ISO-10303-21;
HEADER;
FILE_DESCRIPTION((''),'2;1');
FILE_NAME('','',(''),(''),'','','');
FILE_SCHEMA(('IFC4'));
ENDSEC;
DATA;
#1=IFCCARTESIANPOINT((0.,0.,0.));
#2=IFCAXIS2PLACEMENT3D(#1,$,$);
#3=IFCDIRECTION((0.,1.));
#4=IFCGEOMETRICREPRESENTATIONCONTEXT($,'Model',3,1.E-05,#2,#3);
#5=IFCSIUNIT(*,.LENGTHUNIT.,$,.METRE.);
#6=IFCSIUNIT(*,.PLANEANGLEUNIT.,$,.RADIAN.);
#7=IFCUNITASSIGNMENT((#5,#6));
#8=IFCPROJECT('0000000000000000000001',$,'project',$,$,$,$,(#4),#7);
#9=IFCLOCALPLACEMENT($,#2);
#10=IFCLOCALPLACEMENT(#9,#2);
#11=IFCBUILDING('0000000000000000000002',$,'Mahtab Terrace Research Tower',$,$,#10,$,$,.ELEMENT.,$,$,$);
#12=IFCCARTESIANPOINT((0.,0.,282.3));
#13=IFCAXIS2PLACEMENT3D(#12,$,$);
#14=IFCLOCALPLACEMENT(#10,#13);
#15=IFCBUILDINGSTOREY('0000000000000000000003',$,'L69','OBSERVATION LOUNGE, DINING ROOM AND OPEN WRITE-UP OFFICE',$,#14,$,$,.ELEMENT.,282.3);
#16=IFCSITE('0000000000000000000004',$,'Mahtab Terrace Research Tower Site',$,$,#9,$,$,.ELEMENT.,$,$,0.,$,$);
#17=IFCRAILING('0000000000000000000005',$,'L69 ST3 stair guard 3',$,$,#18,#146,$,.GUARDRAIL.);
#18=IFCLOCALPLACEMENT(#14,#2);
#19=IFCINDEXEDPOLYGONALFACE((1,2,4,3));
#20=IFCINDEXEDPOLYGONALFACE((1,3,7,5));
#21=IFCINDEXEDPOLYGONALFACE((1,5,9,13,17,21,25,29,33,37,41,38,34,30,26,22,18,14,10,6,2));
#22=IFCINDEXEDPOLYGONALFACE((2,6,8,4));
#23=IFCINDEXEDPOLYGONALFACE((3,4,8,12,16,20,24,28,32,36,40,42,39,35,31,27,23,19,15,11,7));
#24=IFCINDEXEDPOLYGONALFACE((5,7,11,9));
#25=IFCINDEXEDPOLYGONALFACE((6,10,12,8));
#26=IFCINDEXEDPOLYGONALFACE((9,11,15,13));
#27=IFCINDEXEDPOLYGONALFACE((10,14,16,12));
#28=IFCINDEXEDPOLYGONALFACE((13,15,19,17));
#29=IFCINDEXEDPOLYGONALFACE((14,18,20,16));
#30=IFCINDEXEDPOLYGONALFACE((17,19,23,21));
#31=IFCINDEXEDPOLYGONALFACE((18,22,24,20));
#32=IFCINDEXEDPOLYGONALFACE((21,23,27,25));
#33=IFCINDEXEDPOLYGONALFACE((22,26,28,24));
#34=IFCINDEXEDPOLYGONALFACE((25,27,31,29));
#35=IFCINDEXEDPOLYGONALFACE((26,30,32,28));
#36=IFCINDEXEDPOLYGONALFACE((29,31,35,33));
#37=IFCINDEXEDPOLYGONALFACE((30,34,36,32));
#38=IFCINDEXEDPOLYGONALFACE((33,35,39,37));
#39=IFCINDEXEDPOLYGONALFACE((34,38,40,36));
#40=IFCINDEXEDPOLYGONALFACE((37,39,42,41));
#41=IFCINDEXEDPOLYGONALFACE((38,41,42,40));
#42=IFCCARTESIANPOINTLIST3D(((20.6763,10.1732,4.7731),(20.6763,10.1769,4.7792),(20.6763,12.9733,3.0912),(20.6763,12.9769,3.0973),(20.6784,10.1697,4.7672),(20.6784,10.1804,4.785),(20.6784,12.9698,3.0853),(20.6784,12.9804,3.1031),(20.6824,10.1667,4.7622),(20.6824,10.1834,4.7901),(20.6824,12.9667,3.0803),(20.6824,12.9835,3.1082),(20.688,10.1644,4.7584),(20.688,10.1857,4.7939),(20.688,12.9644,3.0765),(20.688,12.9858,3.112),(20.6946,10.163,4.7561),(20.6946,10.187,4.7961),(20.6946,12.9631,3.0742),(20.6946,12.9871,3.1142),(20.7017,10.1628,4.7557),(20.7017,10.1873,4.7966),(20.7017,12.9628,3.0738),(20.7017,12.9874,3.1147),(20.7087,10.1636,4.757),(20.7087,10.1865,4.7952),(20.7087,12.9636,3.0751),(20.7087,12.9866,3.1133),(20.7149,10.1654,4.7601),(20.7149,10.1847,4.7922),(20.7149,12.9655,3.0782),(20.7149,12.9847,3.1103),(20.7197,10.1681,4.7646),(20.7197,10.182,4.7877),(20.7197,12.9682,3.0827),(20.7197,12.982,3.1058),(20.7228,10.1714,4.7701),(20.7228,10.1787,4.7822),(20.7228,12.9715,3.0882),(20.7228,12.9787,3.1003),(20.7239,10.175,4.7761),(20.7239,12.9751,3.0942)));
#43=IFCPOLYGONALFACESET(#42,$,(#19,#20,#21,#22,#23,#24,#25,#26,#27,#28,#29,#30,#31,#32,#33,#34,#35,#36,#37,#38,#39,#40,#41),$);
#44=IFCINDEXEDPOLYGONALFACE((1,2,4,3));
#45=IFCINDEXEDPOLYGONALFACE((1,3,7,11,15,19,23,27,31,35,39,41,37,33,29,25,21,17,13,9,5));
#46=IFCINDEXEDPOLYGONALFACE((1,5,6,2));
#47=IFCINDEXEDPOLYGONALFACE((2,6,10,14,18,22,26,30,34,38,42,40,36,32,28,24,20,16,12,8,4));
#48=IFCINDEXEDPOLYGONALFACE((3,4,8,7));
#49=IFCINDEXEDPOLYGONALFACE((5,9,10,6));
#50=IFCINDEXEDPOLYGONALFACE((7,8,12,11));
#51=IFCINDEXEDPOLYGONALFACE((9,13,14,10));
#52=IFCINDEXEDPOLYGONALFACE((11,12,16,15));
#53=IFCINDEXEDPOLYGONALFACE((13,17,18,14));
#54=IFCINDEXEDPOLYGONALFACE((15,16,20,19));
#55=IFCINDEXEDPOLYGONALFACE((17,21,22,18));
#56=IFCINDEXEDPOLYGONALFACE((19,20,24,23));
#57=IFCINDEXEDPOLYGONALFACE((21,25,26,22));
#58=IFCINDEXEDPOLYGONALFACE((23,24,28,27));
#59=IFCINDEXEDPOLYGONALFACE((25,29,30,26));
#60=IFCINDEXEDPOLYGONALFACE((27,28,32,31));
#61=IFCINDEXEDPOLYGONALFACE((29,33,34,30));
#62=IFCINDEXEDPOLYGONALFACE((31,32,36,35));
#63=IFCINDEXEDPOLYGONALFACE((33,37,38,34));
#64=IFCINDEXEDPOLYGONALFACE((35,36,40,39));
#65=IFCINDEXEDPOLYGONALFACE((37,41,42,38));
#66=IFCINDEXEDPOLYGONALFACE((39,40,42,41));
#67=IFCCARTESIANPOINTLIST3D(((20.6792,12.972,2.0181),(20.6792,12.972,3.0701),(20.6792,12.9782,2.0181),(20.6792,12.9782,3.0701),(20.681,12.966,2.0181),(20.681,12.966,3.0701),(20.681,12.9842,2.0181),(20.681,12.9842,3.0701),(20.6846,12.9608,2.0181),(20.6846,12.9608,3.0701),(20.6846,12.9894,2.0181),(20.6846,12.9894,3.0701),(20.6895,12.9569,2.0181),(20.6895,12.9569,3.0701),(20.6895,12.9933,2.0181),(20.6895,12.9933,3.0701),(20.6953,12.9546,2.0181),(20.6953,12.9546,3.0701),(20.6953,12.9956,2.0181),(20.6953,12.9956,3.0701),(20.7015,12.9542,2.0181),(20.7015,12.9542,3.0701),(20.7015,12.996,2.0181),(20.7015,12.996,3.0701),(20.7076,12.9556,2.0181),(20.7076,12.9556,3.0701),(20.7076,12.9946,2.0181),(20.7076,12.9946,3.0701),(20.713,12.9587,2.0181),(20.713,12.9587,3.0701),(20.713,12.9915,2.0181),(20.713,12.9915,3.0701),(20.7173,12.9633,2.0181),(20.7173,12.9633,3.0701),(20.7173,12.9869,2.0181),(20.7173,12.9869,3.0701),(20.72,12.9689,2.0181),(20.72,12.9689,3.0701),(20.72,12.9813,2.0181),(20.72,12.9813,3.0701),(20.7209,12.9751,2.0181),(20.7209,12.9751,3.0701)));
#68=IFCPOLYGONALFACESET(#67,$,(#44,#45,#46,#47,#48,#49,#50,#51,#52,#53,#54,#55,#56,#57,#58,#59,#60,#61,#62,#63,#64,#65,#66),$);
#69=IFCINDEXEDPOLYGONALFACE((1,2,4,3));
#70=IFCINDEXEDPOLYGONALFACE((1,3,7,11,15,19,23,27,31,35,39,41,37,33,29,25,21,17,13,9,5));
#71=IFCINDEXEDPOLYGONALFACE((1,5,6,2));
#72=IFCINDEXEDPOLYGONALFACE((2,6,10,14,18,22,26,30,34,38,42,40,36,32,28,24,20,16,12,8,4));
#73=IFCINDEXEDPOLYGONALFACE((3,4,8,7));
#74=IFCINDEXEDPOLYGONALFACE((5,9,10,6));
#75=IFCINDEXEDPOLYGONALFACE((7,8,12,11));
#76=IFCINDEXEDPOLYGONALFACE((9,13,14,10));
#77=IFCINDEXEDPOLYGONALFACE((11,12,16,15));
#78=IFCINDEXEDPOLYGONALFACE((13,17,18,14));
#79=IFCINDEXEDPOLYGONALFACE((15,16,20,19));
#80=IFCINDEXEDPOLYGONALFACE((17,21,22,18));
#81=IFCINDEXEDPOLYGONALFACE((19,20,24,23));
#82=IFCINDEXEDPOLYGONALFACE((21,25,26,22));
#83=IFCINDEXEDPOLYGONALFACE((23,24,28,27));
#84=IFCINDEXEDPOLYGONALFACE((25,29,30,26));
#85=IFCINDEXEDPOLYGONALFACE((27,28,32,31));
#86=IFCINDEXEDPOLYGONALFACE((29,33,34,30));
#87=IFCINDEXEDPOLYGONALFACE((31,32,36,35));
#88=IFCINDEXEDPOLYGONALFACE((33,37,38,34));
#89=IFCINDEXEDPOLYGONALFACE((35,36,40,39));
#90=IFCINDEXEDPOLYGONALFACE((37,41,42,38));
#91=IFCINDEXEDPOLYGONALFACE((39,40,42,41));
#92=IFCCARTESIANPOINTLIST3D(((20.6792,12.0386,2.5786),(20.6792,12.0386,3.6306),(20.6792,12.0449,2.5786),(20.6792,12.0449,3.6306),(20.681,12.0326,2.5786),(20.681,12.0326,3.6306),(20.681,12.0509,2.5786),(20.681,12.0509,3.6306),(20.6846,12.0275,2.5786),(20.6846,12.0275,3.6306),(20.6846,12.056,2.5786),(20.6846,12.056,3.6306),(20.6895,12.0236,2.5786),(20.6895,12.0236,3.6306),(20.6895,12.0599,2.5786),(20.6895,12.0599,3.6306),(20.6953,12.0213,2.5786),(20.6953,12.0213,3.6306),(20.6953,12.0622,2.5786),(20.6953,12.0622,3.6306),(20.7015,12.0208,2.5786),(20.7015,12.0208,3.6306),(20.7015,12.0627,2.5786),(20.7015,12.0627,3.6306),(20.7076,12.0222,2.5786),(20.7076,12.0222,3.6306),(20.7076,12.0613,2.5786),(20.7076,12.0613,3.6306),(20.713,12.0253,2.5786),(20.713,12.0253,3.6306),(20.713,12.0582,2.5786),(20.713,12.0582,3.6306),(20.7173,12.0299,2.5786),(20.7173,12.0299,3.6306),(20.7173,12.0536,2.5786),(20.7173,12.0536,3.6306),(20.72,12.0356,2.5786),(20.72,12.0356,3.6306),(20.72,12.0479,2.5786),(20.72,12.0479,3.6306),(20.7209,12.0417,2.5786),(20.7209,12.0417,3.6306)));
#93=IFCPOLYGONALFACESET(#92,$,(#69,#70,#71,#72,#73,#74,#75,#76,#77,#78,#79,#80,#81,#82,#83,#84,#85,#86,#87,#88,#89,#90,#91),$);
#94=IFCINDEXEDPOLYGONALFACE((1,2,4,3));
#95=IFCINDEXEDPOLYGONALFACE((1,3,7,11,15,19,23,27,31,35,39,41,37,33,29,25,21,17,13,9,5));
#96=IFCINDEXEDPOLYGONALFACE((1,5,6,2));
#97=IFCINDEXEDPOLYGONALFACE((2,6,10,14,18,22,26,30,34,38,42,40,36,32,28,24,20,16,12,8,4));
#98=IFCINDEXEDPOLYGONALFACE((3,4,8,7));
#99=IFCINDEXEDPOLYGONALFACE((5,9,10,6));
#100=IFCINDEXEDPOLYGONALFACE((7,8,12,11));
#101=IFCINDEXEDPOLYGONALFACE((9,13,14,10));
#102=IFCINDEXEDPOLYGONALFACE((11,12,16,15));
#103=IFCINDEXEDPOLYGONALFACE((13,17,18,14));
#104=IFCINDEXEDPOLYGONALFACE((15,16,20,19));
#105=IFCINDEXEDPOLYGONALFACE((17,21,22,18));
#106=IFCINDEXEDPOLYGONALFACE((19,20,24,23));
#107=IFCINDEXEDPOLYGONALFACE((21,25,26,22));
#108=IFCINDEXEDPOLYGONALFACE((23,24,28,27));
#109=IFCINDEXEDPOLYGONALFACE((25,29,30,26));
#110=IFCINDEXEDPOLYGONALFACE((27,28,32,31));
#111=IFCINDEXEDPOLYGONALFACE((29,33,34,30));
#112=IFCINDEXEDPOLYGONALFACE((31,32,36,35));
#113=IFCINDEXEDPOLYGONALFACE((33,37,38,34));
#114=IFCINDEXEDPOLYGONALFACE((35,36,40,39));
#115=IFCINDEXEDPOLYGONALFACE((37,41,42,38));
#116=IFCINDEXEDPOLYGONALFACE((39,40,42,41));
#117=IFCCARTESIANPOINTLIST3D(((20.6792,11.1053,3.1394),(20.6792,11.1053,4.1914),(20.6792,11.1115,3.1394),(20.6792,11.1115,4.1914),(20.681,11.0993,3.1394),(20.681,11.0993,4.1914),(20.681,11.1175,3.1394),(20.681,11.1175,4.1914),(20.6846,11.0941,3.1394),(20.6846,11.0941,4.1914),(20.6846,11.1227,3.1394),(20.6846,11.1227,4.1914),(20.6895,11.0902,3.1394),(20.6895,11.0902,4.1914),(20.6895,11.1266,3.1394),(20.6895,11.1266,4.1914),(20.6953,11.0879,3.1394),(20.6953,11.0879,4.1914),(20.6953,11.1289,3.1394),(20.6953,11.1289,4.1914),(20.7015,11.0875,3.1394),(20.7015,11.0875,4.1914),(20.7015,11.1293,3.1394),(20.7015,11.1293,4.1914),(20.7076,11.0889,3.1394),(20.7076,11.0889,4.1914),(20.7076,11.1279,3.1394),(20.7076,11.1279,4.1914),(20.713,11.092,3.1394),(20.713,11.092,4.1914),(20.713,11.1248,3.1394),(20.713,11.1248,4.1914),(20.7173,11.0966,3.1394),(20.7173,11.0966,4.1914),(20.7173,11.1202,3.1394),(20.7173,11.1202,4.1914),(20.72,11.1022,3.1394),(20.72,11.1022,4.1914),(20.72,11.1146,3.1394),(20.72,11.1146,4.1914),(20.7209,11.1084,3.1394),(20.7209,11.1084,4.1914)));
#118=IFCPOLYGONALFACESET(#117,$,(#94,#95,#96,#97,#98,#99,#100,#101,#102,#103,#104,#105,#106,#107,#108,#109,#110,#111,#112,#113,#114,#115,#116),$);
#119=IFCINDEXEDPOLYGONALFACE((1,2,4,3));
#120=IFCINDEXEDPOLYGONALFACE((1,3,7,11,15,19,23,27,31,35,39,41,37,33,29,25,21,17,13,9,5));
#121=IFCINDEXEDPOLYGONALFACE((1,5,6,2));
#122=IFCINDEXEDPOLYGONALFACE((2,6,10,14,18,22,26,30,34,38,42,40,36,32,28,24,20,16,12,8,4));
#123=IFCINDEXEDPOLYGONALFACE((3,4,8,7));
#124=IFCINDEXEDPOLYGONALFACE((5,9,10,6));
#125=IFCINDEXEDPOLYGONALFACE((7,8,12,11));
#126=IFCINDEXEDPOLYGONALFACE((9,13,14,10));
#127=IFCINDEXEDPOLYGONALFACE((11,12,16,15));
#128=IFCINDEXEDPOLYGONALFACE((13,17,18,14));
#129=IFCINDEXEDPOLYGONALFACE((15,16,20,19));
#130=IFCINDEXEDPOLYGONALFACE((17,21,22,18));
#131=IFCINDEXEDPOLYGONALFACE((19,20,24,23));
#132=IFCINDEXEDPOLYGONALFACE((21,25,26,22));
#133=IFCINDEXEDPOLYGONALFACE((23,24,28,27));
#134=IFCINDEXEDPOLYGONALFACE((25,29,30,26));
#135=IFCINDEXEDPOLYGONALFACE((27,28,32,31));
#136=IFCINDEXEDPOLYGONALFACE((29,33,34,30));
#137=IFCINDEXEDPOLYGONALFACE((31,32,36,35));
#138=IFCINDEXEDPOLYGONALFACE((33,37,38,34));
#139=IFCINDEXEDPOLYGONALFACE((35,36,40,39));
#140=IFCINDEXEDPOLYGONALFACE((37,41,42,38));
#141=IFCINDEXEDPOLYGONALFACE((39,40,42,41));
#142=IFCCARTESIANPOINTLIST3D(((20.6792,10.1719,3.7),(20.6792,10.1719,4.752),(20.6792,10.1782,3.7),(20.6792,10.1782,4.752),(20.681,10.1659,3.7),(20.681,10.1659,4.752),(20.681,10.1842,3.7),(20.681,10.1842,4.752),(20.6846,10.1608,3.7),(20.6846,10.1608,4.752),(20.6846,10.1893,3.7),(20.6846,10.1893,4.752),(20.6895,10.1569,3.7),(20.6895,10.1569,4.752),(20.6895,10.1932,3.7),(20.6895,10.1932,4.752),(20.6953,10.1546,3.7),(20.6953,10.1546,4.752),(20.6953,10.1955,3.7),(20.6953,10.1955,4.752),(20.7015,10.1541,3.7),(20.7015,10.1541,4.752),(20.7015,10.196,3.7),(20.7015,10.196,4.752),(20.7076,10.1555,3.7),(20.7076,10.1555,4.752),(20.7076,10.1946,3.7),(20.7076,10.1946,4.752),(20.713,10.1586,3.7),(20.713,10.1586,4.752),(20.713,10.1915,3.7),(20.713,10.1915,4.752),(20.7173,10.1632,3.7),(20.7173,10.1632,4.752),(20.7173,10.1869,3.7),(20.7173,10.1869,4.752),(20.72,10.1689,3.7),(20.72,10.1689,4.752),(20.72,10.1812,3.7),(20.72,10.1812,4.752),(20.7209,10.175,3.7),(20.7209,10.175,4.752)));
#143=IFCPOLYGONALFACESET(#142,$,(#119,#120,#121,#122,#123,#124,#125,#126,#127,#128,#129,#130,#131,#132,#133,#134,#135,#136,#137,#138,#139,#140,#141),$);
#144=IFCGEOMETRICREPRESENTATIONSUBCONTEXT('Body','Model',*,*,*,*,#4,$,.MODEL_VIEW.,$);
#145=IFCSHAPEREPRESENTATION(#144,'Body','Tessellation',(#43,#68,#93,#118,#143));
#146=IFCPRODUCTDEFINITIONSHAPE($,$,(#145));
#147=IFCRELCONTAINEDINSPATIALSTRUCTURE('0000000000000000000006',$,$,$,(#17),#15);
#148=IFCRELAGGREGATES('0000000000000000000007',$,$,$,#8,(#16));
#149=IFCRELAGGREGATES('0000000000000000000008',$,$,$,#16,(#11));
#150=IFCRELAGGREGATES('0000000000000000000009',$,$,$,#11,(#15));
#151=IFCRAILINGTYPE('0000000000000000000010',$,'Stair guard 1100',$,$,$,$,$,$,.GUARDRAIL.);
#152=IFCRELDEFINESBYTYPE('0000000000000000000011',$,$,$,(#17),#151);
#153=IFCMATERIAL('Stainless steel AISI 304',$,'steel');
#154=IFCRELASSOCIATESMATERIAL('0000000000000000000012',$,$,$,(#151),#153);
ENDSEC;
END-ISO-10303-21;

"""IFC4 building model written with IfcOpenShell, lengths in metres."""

from ifc_helpers import new_model, si_unit, direction, frame, origin, origin_2d, place, context, subcontext, project, spatial, circle, extrude, material, type_object, element, save


model = new_model("IFC4")

# Units and contexts
model_context = context("Model", 3, precision=1e-05, world=origin(), true_north=direction((0.0, 1.0)))
body_context = subcontext(model_context, "Body", "Model", "MODEL_VIEW")
ifc_project = project(units=[si_unit("LENGTHUNIT", "METRE"), si_unit("PLANEANGLEUNIT", "RADIAN")], contexts=[model_context])

# Site, building, storey
site_placement = place(None, origin())
site = spatial("IfcSite", under=ifc_project, at=site_placement, Name="Mahtab Terrace Research Tower Site", CompositionType="ELEMENT", RefElevation=0.0)
building_placement = place(site_placement, origin())
building = spatial("IfcBuilding", under=site, at=building_placement, Name="Mahtab Terrace Research Tower", CompositionType="ELEMENT")
storey_placement = place(building_placement, frame((0.0, 0.0, 282.3)))
storey = spatial("IfcBuildingStorey", under=building, at=storey_placement, Name="L69", Description="OBSERVATION LOUNGE, DINING ROOM AND OPEN WRITE-UP OFFICE", CompositionType="ELEMENT", Elevation=282.3)

# Railing
ifc_material_1 = material(Name="Stainless steel AISI 304", Category="steel")
railing_type_1 = type_object("IfcRailingType", Name="Stair guard 1100", PredefinedType="GUARDRAIL", material=ifc_material_1)
railing_1_placement = place(storey_placement, frame((20.7, 12.9751, 2.0181)))
element("IfcRailing", 1, at=railing_1_placement, inside=storey, type_object=railing_type_1, Name="L69 ST3 stair guard 3", PredefinedType="GUARDRAIL", context=body_context, shape_type="SweptSolid", body=[
    extrude(circle(Radius=0.0239, at=origin_2d()), frame((0.0, 0.0, 1.0762), z_axis=(0.0, -0.857242, 0.514913), x_axis=(1.0, 0.0, 0.0)), (0.0, 0.0, 1.0), 3.2664),
    extrude(circle(Radius=0.021, at=origin_2d()), origin(), (0.0, 0.0, 1.0), 1.052),
    extrude(circle(Radius=0.021, at=origin_2d()), frame((0.0, -0.9333, 0.5605)), (0.0, 0.0, 1.0), 1.052),
    extrude(circle(Radius=0.021, at=origin_2d()), frame((0.0, -1.8667, 1.1213)), (0.0, 0.0, 1.0), 1.052),
    extrude(circle(Radius=0.021, at=origin_2d()), frame((0.0, -2.8, 1.6819)), (0.0, 0.0, 1.0), 1.052),
])

save(model, "model.ifc")
